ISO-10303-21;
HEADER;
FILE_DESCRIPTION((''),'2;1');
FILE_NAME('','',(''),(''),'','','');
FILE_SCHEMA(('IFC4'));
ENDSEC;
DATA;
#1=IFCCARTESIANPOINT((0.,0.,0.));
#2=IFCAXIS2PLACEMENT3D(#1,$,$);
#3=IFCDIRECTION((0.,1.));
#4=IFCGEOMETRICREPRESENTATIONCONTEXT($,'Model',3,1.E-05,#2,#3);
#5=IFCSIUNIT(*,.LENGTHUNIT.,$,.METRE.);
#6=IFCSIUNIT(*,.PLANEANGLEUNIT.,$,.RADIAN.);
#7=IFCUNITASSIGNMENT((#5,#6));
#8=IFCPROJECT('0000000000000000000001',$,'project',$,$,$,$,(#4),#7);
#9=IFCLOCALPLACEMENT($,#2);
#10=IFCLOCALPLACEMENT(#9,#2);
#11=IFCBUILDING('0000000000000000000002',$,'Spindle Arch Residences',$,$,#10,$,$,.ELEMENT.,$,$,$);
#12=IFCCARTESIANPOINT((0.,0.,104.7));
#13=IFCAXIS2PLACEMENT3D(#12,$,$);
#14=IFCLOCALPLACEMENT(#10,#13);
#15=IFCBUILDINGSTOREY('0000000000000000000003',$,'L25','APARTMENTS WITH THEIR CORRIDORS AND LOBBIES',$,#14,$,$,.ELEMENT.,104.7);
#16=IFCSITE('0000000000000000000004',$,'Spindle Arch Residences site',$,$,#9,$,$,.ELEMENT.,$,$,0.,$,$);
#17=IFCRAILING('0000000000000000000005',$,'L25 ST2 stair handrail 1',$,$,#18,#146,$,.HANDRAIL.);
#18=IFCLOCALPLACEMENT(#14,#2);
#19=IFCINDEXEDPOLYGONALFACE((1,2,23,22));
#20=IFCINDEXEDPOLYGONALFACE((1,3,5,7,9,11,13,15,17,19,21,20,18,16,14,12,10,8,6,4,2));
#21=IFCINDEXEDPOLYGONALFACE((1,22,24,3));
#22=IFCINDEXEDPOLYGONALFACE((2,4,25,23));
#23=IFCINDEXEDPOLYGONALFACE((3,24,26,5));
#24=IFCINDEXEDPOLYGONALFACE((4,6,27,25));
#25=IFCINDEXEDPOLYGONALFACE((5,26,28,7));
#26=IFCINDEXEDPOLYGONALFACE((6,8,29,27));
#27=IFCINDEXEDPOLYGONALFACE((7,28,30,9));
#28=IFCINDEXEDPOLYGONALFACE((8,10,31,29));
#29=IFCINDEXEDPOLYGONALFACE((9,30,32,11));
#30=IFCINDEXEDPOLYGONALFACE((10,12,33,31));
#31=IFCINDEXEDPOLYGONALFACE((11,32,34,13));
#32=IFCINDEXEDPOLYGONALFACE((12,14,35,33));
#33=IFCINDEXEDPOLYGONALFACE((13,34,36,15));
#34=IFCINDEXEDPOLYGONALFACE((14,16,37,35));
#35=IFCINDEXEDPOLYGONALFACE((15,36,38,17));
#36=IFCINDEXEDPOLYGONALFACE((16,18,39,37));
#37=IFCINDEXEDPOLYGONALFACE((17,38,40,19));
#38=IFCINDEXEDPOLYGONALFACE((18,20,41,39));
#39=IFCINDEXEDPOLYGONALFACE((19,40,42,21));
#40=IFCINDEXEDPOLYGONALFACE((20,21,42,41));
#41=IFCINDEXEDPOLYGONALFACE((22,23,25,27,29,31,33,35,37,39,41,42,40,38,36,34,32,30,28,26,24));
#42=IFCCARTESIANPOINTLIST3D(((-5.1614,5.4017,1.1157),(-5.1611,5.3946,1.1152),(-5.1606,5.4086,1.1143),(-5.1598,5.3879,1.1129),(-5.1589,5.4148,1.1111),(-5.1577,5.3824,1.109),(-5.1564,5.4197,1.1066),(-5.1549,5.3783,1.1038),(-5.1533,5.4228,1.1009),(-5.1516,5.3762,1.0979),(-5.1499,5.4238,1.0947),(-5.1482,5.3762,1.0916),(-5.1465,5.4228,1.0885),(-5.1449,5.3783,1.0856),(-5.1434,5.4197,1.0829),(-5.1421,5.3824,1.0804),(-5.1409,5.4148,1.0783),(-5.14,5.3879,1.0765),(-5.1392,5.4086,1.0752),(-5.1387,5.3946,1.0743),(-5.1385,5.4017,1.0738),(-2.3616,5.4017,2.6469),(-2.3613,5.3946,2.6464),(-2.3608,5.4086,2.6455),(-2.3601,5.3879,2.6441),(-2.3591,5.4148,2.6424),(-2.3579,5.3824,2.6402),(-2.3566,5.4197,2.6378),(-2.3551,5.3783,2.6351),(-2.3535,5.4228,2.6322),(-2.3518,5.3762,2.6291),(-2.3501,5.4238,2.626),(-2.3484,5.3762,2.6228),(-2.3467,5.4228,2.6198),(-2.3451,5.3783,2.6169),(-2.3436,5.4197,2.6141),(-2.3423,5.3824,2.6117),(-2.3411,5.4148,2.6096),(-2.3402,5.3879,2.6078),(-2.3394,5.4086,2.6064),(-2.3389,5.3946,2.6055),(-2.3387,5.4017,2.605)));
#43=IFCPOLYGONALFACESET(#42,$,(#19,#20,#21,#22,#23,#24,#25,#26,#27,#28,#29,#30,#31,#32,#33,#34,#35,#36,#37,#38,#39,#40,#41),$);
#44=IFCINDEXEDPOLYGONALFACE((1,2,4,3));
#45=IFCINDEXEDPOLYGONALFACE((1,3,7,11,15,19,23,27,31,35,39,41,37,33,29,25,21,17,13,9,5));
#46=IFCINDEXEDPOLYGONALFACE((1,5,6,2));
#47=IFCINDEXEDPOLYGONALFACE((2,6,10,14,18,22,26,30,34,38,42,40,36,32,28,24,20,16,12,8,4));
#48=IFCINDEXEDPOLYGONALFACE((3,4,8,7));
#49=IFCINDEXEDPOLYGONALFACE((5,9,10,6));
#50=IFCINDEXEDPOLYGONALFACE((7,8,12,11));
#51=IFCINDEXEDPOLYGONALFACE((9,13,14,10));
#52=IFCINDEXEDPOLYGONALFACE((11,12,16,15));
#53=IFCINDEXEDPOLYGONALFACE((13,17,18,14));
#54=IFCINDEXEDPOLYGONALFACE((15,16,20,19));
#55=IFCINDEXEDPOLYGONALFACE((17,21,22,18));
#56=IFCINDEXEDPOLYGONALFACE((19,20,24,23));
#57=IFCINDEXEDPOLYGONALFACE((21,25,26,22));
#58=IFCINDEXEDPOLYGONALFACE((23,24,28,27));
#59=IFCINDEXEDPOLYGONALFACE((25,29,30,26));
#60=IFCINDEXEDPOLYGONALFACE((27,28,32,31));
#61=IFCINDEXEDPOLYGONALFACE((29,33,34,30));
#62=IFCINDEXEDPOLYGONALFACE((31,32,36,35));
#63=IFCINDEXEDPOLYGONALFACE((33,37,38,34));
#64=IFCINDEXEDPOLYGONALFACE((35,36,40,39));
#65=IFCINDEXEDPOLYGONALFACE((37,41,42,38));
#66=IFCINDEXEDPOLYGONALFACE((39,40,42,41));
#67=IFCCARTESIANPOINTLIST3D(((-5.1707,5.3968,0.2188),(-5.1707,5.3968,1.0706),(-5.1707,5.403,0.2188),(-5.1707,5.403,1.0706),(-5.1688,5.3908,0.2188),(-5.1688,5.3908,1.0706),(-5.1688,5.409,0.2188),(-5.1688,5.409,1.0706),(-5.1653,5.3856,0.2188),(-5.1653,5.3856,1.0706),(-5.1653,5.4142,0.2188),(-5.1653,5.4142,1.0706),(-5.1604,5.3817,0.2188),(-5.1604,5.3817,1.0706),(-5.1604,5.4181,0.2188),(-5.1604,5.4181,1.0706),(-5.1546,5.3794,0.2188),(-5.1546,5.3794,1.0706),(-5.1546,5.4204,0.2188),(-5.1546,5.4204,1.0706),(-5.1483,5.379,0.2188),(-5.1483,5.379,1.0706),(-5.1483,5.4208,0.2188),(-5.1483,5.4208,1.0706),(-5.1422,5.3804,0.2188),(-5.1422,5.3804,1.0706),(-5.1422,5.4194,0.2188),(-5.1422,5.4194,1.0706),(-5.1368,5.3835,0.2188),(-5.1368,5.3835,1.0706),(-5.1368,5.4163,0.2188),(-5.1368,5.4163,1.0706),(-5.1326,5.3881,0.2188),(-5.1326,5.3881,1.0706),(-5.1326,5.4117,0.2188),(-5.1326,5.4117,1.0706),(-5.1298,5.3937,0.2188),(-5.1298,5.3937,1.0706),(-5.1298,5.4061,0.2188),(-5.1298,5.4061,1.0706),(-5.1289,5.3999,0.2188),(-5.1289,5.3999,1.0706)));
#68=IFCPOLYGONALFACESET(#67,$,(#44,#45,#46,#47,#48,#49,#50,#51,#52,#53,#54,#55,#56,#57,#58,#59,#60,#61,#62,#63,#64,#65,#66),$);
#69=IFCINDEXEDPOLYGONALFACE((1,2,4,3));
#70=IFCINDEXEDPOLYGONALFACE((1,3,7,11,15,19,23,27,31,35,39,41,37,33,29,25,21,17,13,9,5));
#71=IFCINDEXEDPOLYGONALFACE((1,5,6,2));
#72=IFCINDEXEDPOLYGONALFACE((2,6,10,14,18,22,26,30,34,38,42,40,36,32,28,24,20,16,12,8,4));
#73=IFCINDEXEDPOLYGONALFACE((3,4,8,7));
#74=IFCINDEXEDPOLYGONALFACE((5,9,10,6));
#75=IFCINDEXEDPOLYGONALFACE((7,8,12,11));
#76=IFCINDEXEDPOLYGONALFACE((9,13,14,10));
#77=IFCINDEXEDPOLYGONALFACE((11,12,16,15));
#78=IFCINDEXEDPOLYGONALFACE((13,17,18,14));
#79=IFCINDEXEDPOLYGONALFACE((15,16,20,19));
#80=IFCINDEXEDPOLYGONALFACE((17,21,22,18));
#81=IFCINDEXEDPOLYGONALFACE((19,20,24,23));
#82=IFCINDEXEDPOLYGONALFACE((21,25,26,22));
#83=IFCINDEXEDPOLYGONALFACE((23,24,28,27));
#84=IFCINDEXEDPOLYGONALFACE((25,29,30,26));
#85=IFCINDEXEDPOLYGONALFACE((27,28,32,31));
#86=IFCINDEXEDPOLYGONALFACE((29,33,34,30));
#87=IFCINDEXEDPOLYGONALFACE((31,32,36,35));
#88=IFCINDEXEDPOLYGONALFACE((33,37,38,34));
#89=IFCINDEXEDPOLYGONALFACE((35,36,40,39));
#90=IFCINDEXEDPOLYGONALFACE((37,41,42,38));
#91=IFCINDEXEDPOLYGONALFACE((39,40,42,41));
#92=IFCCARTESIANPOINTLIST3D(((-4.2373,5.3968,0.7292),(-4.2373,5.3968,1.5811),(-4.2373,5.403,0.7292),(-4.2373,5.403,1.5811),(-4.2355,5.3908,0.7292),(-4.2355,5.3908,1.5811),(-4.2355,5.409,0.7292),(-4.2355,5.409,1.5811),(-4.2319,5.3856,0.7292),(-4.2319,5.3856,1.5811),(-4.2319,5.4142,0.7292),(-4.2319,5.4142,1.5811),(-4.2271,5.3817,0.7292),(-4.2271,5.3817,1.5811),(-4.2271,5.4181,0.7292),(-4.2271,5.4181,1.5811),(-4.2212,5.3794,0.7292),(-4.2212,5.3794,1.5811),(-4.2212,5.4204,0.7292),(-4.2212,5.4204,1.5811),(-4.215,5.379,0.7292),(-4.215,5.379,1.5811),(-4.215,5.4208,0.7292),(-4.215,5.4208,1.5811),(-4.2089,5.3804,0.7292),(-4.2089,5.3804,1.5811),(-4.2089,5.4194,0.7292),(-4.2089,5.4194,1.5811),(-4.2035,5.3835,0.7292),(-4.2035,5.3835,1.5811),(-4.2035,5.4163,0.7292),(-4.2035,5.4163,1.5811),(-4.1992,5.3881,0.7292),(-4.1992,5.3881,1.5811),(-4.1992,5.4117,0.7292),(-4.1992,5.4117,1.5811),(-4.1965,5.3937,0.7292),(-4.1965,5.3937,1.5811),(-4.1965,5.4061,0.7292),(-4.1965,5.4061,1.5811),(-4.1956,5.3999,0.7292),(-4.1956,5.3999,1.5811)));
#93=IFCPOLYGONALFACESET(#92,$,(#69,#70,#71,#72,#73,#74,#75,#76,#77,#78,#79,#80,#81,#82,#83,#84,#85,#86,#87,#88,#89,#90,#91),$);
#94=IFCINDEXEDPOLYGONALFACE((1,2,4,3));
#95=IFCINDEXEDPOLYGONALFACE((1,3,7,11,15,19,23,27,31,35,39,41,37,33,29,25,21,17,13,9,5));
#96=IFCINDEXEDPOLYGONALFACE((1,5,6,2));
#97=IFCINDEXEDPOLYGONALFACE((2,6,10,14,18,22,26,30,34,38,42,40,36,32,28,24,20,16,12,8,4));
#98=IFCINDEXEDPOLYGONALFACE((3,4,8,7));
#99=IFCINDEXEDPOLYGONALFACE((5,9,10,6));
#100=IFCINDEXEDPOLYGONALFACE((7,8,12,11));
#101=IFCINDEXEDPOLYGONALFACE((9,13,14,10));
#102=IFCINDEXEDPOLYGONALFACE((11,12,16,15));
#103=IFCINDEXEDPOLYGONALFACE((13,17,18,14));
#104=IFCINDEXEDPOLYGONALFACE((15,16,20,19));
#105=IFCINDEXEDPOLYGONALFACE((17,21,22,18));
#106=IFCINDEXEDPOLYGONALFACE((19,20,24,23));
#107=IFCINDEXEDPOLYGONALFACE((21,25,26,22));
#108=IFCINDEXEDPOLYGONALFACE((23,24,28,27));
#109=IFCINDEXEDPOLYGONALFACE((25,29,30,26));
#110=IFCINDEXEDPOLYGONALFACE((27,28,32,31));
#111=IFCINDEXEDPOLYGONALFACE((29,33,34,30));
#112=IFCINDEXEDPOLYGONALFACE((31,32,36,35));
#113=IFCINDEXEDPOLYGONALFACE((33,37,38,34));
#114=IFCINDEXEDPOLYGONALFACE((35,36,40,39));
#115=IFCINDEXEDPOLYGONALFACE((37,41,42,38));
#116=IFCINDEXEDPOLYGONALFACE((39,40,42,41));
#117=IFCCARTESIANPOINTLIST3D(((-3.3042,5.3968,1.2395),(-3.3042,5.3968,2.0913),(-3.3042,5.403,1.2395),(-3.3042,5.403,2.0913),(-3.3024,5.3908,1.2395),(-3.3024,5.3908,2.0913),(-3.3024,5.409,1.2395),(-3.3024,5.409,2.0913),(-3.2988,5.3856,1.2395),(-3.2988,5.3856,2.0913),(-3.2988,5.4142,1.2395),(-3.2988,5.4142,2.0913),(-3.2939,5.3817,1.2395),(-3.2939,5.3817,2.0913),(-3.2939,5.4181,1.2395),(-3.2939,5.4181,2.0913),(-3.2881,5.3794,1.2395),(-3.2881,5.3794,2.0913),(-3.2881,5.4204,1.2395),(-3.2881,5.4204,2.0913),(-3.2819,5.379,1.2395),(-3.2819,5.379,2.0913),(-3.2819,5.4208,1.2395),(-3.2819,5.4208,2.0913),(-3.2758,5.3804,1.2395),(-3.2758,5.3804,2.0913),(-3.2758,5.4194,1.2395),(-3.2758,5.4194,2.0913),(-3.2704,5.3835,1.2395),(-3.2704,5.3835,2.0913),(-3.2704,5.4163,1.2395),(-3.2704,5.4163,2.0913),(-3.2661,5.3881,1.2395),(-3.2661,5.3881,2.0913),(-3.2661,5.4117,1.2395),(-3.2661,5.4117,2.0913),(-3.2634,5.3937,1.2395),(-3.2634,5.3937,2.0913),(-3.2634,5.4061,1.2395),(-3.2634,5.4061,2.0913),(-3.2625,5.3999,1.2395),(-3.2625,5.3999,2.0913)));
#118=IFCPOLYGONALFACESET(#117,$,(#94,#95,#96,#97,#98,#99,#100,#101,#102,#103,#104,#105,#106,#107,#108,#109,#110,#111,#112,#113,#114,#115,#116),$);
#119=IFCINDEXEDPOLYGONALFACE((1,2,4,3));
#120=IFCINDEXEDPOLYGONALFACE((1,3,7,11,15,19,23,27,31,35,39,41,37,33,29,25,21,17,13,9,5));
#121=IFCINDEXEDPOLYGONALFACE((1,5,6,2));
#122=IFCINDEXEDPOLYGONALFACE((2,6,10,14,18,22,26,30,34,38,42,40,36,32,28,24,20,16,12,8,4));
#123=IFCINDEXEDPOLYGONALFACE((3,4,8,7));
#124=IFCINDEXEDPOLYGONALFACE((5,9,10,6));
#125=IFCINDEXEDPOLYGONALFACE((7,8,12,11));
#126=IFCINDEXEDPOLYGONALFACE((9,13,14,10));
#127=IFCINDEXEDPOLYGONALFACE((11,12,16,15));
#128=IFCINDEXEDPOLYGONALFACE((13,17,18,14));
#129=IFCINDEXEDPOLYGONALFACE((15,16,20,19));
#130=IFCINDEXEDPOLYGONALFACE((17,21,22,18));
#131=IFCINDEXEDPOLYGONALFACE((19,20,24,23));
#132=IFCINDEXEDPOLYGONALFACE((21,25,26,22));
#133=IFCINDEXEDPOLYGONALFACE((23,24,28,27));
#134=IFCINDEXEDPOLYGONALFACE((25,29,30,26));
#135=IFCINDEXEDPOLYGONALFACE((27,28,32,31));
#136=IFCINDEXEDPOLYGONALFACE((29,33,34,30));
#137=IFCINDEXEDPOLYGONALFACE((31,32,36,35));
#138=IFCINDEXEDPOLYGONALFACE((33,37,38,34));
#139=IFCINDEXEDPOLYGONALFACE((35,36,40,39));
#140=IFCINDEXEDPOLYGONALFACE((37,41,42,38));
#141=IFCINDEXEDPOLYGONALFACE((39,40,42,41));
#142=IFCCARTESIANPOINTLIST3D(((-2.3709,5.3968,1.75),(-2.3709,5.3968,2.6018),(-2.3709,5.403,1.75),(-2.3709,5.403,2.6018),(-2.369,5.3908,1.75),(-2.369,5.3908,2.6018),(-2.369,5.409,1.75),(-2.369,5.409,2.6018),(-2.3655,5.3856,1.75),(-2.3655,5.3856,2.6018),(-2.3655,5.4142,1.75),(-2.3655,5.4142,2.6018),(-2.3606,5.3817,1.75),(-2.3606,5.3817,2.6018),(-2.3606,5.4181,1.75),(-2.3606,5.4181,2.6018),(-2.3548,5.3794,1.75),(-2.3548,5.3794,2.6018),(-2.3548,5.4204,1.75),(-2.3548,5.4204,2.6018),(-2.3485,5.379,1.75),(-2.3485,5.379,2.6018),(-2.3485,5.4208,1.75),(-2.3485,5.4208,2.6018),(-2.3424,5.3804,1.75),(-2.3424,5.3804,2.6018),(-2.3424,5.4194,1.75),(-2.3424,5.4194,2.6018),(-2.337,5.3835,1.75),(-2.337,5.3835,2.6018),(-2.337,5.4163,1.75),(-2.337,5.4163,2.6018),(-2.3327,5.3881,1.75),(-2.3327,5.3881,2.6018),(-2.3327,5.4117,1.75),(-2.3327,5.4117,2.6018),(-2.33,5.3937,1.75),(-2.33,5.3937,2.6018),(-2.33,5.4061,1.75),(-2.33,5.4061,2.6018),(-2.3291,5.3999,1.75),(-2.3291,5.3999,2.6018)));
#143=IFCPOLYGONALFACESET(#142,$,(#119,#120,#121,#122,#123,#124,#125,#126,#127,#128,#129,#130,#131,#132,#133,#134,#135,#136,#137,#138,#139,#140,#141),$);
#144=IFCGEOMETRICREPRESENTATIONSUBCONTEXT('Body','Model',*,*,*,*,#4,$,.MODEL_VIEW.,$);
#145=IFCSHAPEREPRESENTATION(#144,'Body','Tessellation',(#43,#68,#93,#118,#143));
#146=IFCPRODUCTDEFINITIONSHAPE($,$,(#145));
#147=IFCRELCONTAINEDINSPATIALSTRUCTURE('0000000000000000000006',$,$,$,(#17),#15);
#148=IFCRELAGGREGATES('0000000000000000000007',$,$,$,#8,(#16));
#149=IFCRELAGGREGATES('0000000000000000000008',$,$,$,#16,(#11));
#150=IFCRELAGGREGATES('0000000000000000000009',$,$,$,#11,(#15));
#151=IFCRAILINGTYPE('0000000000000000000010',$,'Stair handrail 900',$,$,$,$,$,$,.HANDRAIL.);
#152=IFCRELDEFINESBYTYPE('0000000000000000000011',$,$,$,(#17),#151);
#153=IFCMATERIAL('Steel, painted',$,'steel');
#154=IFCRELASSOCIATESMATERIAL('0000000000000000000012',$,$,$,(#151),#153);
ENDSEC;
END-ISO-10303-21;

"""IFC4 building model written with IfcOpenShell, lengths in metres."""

from ifc_helpers import new_model, si_unit, direction, frame, origin, origin_2d, place, context, subcontext, project, spatial, circle, extrude, material, type_object, element, save


model = new_model("IFC4")

# Units and contexts
model_context = context("Model", 3, precision=1e-05, world=origin(), true_north=direction((0.0, 1.0)))
body_context = subcontext(model_context, "Body", "Model", "MODEL_VIEW")
ifc_project = project(units=[si_unit("LENGTHUNIT", "METRE"), si_unit("PLANEANGLEUNIT", "RADIAN")], contexts=[model_context])

# Site, building, storey
site_placement = place(None, origin())
site = spatial("IfcSite", under=ifc_project, at=site_placement, Name="Spindle Arch Residences site", CompositionType="ELEMENT", RefElevation=0.0)
building_placement = place(site_placement, origin())
building = spatial("IfcBuilding", under=site, at=building_placement, Name="Spindle Arch Residences", CompositionType="ELEMENT")
storey_placement = place(building_placement, frame((0.0, 0.0, 104.7)))
storey = spatial("IfcBuildingStorey", under=building, at=storey_placement, Name="L25", Description="APARTMENTS WITH THEIR CORRIDORS AND LOBBIES", CompositionType="ELEMENT", Elevation=104.7)

# Railing
ifc_material_1 = material(Name="Steel, painted", Category="steel")
railing_type_1 = type_object("IfcRailingType", Name="Stair handrail 900", PredefinedType="HANDRAIL", material=ifc_material_1)
railing_1_placement = place(storey_placement, frame((-5.1499, 5.3999, 0.2188)))
element("IfcRailing", 1, at=railing_1_placement, inside=storey, type_object=railing_type_1, Name="L25 ST2 stair handrail 1", PredefinedType="HANDRAIL", context=body_context, shape_type="SweptSolid", body=[
    extrude(circle(Radius=0.0239, at=origin_2d()), frame((0.0, 0.0, 0.876), z_axis=(0.877357, 0.0, 0.479838), x_axis=(0.0, 1.0, 0.0)), (0.0, 0.0, 1.0), 3.1912),
    extrude(circle(Radius=0.021, at=origin_2d()), origin(), (0.0, 0.0, 1.0), 0.8518),
    extrude(circle(Radius=0.021, at=origin_2d()), frame((0.9333, 0.0, 0.5105)), (0.0, 0.0, 1.0), 0.8518),
    extrude(circle(Radius=0.021, at=origin_2d()), frame((1.8665, 0.0, 1.0208)), (0.0, 0.0, 1.0), 0.8518),
    extrude(circle(Radius=0.021, at=origin_2d()), frame((2.7998, 0.0, 1.5312)), (0.0, 0.0, 1.0), 0.8518),
])

save(model, "model.ifc")
